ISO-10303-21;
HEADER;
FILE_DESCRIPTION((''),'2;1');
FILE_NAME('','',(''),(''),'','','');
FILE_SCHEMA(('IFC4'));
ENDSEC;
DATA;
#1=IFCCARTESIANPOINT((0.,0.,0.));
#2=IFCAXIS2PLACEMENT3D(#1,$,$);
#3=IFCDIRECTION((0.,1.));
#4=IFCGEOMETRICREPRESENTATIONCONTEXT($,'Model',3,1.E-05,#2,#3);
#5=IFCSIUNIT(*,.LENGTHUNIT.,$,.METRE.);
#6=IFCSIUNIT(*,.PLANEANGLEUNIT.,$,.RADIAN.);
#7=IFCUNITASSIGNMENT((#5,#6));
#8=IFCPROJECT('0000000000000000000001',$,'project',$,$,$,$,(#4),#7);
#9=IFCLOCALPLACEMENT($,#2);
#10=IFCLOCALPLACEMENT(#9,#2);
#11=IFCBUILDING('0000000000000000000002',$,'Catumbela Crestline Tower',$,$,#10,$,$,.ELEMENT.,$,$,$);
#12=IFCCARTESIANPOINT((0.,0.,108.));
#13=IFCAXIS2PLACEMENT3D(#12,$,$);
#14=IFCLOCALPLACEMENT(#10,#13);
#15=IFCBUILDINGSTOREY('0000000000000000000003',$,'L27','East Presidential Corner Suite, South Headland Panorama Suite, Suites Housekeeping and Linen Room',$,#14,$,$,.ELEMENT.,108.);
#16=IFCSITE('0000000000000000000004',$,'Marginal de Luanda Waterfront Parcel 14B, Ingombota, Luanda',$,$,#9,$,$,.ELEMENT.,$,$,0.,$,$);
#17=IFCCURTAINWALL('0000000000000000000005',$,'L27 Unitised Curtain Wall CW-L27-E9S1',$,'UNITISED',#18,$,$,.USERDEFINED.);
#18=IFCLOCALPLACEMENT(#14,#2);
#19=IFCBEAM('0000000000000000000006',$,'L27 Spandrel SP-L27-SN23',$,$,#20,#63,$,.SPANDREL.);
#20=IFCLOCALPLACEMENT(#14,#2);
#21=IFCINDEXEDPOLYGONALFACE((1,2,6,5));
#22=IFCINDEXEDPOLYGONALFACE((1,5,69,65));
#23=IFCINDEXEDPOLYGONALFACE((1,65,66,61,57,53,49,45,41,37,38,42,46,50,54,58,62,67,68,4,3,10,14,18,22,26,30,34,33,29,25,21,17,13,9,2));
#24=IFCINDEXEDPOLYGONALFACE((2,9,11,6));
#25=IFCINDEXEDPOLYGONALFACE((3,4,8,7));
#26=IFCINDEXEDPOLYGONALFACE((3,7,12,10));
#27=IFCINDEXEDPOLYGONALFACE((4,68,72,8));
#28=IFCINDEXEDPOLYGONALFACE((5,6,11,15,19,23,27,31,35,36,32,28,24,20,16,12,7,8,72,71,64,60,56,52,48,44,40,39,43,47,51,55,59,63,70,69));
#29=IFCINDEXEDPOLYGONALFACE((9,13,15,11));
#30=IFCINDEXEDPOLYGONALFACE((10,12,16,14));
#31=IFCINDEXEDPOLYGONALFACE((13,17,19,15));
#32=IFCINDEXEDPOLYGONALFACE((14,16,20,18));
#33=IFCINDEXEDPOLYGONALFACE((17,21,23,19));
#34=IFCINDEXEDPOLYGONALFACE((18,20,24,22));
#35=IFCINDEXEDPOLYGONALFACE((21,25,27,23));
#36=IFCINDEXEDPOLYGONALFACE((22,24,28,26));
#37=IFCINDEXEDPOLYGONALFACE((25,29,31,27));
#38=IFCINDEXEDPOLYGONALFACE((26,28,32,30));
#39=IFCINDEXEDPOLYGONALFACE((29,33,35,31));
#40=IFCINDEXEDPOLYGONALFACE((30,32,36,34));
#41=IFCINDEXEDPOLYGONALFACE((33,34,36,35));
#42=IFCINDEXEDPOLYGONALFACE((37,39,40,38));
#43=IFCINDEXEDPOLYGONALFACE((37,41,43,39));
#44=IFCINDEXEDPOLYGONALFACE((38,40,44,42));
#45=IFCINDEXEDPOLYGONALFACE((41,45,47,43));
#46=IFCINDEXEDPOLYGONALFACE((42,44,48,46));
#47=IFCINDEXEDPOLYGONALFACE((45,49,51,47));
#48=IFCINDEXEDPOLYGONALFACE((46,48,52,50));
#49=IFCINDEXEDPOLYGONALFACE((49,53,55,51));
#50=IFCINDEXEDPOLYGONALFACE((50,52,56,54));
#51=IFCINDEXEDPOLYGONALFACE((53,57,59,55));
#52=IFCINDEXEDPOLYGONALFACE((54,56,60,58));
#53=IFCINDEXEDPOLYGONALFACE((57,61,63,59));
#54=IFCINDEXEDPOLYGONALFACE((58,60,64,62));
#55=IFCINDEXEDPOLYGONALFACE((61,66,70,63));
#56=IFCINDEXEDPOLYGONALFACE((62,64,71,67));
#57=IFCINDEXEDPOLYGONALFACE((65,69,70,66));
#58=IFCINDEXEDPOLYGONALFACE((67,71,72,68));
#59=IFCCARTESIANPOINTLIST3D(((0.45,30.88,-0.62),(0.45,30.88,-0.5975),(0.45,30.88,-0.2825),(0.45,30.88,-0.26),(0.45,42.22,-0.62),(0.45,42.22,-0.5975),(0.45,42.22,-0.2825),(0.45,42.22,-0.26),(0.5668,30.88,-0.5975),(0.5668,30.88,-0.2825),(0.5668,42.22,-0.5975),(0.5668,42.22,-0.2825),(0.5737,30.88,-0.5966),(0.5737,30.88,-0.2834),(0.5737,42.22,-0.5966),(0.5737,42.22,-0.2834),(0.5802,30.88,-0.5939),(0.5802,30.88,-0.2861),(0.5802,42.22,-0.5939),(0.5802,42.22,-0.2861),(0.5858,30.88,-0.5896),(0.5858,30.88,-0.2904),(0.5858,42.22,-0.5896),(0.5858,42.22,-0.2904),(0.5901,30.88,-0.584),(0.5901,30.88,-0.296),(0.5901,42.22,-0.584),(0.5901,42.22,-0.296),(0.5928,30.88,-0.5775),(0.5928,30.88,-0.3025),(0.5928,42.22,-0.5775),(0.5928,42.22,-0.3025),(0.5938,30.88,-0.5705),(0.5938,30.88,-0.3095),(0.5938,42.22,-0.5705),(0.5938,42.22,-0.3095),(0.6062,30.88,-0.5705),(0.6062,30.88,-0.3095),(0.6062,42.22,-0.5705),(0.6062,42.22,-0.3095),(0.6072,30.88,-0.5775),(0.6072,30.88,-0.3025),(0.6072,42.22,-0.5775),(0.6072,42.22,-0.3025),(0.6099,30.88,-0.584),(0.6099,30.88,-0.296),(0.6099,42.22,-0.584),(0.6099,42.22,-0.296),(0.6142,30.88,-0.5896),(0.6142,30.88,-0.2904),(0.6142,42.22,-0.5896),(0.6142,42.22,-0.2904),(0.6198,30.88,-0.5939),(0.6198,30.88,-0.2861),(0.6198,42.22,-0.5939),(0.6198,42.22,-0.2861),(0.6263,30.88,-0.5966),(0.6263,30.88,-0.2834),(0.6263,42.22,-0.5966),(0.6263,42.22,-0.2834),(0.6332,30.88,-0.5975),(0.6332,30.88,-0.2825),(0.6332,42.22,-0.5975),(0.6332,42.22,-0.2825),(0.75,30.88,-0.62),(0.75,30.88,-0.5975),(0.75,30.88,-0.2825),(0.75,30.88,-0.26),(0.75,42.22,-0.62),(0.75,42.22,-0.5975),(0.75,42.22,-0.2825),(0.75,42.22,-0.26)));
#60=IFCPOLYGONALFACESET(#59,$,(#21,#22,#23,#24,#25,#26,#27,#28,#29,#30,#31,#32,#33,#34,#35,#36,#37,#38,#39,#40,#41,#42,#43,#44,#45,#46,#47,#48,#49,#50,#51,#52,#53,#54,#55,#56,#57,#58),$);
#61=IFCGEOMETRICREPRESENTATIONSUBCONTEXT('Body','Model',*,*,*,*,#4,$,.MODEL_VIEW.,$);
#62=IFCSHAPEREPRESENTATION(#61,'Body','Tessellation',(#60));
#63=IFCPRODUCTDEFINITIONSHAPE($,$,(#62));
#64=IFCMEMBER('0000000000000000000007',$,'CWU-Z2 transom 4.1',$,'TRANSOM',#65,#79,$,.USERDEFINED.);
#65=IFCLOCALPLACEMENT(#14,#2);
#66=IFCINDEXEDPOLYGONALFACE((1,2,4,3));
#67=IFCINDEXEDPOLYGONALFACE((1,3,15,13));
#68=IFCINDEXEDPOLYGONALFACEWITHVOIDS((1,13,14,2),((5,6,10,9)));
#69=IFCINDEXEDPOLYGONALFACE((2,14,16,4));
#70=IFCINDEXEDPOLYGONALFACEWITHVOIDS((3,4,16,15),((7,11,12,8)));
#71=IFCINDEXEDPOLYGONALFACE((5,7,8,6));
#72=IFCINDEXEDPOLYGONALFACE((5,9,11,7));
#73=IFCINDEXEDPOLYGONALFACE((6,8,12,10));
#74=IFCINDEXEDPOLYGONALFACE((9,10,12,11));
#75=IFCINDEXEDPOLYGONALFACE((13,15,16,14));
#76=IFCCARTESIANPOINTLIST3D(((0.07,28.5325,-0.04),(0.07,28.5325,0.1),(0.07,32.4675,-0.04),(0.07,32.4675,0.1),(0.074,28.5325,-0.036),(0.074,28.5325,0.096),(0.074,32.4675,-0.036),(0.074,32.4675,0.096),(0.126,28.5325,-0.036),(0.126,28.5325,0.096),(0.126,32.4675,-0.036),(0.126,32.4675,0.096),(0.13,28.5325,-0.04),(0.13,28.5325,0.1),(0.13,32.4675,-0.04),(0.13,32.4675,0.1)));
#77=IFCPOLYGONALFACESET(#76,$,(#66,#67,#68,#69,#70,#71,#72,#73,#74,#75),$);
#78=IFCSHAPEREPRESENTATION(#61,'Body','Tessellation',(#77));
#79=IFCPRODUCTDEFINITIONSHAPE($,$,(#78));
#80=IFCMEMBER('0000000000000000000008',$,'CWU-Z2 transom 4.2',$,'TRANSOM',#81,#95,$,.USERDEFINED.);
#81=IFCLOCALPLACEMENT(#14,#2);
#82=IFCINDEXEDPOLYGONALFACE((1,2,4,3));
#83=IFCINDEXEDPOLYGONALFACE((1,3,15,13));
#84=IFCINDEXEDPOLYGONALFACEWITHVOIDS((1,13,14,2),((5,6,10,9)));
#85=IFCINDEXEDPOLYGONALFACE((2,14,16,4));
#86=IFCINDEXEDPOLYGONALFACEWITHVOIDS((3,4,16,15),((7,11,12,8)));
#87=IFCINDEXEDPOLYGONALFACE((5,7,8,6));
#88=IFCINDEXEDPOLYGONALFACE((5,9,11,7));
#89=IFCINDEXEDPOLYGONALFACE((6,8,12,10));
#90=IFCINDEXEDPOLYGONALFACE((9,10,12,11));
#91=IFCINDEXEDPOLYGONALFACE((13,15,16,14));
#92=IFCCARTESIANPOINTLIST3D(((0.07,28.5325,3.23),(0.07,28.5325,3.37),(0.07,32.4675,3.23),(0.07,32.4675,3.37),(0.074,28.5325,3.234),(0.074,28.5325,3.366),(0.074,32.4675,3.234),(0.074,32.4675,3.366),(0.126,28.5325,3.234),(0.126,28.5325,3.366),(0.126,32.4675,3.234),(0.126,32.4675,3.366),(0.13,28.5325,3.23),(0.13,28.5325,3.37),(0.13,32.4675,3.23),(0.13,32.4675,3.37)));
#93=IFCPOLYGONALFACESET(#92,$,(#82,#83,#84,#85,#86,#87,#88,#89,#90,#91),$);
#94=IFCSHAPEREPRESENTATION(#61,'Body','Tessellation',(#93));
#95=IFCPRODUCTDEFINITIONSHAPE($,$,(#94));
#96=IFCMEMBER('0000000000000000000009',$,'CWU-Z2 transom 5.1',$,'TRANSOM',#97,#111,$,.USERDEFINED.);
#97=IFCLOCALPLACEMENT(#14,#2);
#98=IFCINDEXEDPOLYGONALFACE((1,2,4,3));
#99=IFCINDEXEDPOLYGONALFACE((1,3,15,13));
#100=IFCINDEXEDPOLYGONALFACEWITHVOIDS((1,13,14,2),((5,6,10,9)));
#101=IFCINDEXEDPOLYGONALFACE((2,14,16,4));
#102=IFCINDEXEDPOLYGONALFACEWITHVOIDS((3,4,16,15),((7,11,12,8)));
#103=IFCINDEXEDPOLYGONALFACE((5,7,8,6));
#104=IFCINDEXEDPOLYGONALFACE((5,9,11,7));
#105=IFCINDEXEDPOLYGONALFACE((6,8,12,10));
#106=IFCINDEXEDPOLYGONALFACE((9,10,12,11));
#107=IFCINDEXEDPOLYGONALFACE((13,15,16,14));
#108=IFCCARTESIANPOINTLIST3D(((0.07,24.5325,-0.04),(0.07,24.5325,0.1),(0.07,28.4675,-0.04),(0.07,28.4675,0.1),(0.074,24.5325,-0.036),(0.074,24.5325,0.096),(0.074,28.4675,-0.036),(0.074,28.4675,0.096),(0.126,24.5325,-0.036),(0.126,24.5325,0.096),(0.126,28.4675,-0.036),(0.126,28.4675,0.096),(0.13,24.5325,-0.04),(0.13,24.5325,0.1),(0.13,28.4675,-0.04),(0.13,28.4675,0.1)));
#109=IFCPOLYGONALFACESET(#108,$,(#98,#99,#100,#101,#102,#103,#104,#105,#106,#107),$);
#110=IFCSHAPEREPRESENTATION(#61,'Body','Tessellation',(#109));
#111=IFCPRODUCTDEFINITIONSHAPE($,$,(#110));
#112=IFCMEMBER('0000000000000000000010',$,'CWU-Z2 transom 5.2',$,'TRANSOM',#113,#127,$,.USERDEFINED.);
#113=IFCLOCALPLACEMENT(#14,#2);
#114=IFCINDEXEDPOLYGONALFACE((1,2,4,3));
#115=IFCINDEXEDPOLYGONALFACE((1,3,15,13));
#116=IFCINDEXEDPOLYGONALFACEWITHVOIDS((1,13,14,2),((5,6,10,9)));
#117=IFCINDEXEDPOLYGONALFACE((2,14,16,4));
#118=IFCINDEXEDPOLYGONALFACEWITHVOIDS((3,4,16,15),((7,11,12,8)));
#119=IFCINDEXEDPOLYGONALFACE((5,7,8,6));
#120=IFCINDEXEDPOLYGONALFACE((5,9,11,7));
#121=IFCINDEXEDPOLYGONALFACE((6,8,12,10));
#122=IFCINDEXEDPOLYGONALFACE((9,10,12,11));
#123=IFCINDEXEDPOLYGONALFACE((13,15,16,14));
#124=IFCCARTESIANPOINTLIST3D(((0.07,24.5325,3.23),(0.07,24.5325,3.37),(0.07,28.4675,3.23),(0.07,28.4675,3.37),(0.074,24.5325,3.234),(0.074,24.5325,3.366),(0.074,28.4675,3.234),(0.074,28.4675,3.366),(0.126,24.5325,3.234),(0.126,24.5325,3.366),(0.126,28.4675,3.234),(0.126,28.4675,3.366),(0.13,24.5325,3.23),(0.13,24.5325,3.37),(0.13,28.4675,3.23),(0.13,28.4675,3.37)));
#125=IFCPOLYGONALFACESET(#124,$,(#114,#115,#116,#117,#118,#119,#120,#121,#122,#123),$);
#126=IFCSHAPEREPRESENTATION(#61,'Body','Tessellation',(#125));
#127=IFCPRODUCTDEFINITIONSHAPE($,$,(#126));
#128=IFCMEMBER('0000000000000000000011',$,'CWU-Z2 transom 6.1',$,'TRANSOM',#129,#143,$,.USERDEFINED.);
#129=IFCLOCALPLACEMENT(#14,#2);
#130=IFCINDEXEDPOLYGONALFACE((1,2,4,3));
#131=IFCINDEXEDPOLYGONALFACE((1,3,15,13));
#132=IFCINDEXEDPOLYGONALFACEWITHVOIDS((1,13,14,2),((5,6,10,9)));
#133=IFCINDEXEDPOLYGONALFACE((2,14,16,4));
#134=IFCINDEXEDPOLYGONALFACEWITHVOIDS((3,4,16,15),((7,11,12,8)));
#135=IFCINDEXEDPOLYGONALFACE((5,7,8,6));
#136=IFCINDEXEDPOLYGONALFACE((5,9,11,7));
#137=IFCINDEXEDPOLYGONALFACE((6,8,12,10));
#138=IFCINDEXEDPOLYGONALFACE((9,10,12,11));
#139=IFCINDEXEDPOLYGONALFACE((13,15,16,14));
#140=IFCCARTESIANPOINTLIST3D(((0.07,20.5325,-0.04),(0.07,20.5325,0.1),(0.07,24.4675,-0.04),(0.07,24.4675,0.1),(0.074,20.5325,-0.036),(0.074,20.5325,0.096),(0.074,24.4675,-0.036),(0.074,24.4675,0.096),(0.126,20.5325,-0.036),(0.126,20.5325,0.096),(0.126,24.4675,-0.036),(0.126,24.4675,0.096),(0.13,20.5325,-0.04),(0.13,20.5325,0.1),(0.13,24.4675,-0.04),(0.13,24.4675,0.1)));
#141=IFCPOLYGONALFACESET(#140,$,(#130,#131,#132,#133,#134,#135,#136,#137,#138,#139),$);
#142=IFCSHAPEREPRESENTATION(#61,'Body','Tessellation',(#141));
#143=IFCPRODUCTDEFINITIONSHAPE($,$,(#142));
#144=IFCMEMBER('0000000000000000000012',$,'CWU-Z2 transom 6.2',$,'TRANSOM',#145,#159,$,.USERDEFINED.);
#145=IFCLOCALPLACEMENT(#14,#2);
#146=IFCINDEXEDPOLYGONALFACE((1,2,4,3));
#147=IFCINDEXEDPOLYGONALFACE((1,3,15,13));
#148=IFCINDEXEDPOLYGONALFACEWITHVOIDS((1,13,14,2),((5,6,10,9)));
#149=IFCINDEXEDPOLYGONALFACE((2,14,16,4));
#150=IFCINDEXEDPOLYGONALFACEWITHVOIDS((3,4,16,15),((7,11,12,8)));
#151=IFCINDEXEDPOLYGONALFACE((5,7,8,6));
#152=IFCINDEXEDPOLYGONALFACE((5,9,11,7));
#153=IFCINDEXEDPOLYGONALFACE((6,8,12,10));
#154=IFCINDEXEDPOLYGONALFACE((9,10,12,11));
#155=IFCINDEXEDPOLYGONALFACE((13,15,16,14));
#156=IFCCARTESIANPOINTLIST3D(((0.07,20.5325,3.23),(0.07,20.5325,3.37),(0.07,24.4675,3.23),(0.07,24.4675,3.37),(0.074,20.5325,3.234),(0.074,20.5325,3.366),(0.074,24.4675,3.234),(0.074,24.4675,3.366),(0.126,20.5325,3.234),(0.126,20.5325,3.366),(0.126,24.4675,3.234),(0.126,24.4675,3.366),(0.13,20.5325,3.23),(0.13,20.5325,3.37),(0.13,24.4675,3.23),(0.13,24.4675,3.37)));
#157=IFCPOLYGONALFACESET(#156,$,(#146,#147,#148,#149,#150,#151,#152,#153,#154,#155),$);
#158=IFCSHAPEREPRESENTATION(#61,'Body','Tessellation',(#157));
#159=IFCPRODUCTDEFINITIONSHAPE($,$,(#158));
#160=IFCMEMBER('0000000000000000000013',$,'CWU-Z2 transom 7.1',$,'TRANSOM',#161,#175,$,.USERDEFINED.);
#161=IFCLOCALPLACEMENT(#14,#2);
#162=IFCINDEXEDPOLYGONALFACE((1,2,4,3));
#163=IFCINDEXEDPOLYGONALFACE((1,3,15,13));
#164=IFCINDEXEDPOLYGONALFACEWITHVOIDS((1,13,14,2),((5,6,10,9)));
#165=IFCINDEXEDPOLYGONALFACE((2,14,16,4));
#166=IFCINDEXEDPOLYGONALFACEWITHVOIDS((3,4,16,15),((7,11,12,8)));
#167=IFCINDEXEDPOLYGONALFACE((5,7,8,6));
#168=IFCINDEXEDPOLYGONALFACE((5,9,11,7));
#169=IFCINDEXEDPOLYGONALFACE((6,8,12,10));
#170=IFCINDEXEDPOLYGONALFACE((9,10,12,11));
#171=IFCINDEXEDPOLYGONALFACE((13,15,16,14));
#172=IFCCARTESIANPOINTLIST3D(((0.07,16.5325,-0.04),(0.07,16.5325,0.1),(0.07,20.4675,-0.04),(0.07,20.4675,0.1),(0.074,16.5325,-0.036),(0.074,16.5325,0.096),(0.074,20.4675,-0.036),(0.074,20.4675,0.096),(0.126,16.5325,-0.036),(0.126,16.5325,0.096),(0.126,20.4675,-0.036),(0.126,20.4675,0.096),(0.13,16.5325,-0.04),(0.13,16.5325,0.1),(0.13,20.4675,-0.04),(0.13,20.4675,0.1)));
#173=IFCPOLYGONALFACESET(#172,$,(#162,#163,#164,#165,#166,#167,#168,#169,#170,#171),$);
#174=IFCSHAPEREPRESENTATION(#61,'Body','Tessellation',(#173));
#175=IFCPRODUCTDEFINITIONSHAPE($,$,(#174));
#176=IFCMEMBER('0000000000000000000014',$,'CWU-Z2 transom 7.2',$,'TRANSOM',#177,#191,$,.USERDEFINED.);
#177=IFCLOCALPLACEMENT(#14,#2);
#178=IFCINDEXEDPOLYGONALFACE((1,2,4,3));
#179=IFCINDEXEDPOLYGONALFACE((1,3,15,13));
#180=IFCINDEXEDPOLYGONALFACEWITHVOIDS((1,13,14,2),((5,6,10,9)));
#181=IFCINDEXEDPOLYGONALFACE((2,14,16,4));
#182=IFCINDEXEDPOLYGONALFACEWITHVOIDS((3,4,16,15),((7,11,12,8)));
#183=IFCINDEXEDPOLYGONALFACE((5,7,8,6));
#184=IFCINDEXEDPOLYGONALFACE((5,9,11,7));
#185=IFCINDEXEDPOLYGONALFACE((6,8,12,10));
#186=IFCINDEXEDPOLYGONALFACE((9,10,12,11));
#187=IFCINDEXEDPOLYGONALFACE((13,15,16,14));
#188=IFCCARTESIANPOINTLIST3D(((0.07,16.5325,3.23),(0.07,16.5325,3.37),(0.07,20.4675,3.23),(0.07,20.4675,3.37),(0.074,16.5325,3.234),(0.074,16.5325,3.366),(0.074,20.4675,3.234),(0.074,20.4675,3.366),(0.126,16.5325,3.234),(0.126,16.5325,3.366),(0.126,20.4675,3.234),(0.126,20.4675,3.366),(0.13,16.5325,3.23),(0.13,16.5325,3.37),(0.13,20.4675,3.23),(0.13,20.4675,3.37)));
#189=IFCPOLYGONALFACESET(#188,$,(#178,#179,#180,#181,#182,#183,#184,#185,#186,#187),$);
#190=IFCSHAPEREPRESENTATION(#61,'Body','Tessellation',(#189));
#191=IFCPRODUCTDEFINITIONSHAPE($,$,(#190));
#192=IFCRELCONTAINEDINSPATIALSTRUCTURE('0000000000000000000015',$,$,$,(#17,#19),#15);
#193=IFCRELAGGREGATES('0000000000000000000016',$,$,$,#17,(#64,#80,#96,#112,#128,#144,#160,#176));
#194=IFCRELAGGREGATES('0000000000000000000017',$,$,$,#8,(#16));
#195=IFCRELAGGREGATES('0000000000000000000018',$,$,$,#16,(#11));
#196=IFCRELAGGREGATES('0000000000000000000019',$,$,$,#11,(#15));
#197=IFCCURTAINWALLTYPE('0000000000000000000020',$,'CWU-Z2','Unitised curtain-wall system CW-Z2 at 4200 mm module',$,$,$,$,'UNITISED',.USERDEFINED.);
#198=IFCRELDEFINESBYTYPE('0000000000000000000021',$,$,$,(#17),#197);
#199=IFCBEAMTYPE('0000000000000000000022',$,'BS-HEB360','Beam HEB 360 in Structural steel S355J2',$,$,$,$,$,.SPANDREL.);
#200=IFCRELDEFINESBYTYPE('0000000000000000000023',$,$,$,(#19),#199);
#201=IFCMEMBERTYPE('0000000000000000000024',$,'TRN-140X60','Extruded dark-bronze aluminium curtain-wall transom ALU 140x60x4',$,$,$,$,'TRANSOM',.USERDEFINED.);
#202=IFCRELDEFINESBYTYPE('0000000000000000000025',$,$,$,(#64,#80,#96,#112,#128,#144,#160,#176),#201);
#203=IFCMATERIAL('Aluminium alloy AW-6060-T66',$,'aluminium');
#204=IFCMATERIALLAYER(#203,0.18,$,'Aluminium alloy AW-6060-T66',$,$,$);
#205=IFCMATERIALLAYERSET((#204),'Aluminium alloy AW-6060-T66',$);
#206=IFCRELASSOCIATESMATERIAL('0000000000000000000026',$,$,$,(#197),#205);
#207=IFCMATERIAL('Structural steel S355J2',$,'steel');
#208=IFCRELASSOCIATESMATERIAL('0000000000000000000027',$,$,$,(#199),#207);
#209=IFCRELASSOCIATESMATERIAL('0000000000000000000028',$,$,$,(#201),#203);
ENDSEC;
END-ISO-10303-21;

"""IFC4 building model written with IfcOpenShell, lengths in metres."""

from ifc_helpers import new_model, si_unit, direction, frame, origin, origin_2d, place, context, subcontext, project, spatial, hollow_rectangle, i_section, extrude, material, layer, layer_set, material_profile, profile_set, type_object, element, aggregate, save


model = new_model("IFC4")

# Units and contexts
model_context = context("Model", 3, precision=1e-05, world=origin(), true_north=direction((0.0, 1.0)))
body_context = subcontext(model_context, "Body", "Model", "MODEL_VIEW")
ifc_project = project(units=[si_unit("LENGTHUNIT", "METRE"), si_unit("PLANEANGLEUNIT", "RADIAN")], contexts=[model_context])

# Site, building, storey
site_placement = place(None, origin())
site = spatial("IfcSite", under=ifc_project, at=site_placement, Name="Marginal de Luanda Waterfront Parcel 14B, Ingombota, Luanda", CompositionType="ELEMENT", RefElevation=0.0)
building_placement = place(site_placement, origin())
building = spatial("IfcBuilding", under=site, at=building_placement, Name="Catumbela Crestline Tower", CompositionType="ELEMENT")
storey_placement = place(building_placement, frame((0.0, 0.0, 108.0)))
storey = spatial("IfcBuildingStorey", under=building, at=storey_placement, Name="L27", Description="East Presidential Corner Suite, South Headland Panorama Suite, Suites Housekeeping and Linen Room", CompositionType="ELEMENT", Elevation=108.0)

# Shared definitions
ifc_material_1 = material(Name="Structural steel S355J2", Category="steel")

# Curtain wall
ifc_material_2 = material(Name="Aluminium alloy AW-6060-T66", Category="aluminium")
ifc_layer_1 = layer(ifc_material_2, 0.18, Name="Aluminium alloy AW-6060-T66")
ifc_layer_set_1 = layer_set([ifc_layer_1], Name="Aluminium alloy AW-6060-T66")
curtain_wall_type = type_object("IfcCurtainWallType", Name="CWU-Z2", Description="Unitised curtain-wall system CW-Z2 at 4200 mm module", ElementType="UNITISED", PredefinedType="USERDEFINED", material=ifc_layer_set_1)
curtain_wall_placement = place(storey_placement, origin())
curtain_wall = element("IfcCurtainWall", 1, at=curtain_wall_placement, inside=storey, type_object=curtain_wall_type, Name="L27 Unitised Curtain Wall CW-L27-E9S1", ObjectType="UNITISED", PredefinedType="USERDEFINED")

# Beam
ifc_material_profile_1 = material_profile(ifc_material_1, i_section(OverallWidth=0.3, OverallDepth=0.36, WebThickness=0.0125, FlangeThickness=0.0225, FilletRadius=0.027, at=origin_2d()), Name="HEB 360")
ifc_profile_set_1 = profile_set([ifc_material_profile_1], Name="Structural steel S355J2")
beam_type_1 = type_object("IfcBeamType", Name="BS-HEB360", Description="Beam HEB 360 in Structural steel S355J2", PredefinedType="SPANDREL", material=ifc_profile_set_1)
beam_1_placement = place(storey_placement, frame((0.6, 30.88, -0.44), z_axis=(0.0, 1.0, 0.0), x_axis=(-1.0, 0.0, 0.0)))
element("IfcBeam", 2, at=beam_1_placement, inside=storey, type_object=beam_type_1, Name="L27 Spandrel SP-L27-SN23", PredefinedType="SPANDREL", context=body_context, shape_type="SweptSolid", body=[
    extrude(i_section(OverallWidth=0.3, OverallDepth=0.36, WebThickness=0.0125, FlangeThickness=0.0225, FilletRadius=0.027, at=origin_2d()), origin(), (0.0, 0.0, 1.0), 11.34),
])

# Members
ifc_material_profile_2 = material_profile(ifc_material_2, hollow_rectangle(XDim=0.06, YDim=0.14, WallThickness=0.004, at=origin_2d()), Name="ALU 140x60x4")
ifc_profile_set_2 = profile_set([ifc_material_profile_2], Name="Aluminium alloy AW-6060-T66")
member_type_1 = type_object("IfcMemberType", Name="TRN-140X60", Description="Extruded dark-bronze aluminium curtain-wall transom ALU 140x60x4", ElementType="TRANSOM", PredefinedType="USERDEFINED", material=ifc_profile_set_2)
member_1_placement = place(storey_placement, frame((0.1, 32.4675, 0.03), z_axis=(0.0, -1.0, 0.0), x_axis=(1.0, 0.0, 0.0)))
member_1 = element("IfcMember", 3, at=member_1_placement, type_object=member_type_1, Name="CWU-Z2 transom 4.1", ObjectType="TRANSOM", PredefinedType="USERDEFINED", context=body_context, shape_type="SweptSolid", body=[
    extrude(hollow_rectangle(XDim=0.06, YDim=0.14, WallThickness=0.004, at=origin_2d()), origin(), (0.0, 0.0, 1.0), 3.935),
])
member_2_placement = place(storey_placement, frame((0.1, 32.4675, 3.3), z_axis=(0.0, -1.0, 0.0), x_axis=(1.0, 0.0, 0.0)))
member_2 = element("IfcMember", 4, at=member_2_placement, type_object=member_type_1, Name="CWU-Z2 transom 4.2", ObjectType="TRANSOM", PredefinedType="USERDEFINED", context=body_context, shape_type="SweptSolid", body=[
    extrude(hollow_rectangle(XDim=0.06, YDim=0.14, WallThickness=0.004, at=origin_2d()), origin(), (0.0, 0.0, 1.0), 3.935),
])
member_3_placement = place(storey_placement, frame((0.1, 28.4675, 0.03), z_axis=(0.0, -1.0, 0.0), x_axis=(1.0, 0.0, 0.0)))
member_3 = element("IfcMember", 5, at=member_3_placement, type_object=member_type_1, Name="CWU-Z2 transom 5.1", ObjectType="TRANSOM", PredefinedType="USERDEFINED", context=body_context, shape_type="SweptSolid", body=[
    extrude(hollow_rectangle(XDim=0.06, YDim=0.14, WallThickness=0.004, at=origin_2d()), origin(), (0.0, 0.0, 1.0), 3.935),
])
member_4_placement = place(storey_placement, frame((0.1, 28.4675, 3.3), z_axis=(0.0, -1.0, 0.0), x_axis=(1.0, 0.0, 0.0)))
member_4 = element("IfcMember", 6, at=member_4_placement, type_object=member_type_1, Name="CWU-Z2 transom 5.2", ObjectType="TRANSOM", PredefinedType="USERDEFINED", context=body_context, shape_type="SweptSolid", body=[
    extrude(hollow_rectangle(XDim=0.06, YDim=0.14, WallThickness=0.004, at=origin_2d()), origin(), (0.0, 0.0, 1.0), 3.935),
])
member_5_placement = place(storey_placement, frame((0.1, 24.4675, 0.03), z_axis=(0.0, -1.0, 0.0), x_axis=(1.0, 0.0, 0.0)))
member_5 = element("IfcMember", 7, at=member_5_placement, type_object=member_type_1, Name="CWU-Z2 transom 6.1", ObjectType="TRANSOM", PredefinedType="USERDEFINED", context=body_context, shape_type="SweptSolid", body=[
    extrude(hollow_rectangle(XDim=0.06, YDim=0.14, WallThickness=0.004, at=origin_2d()), origin(), (0.0, 0.0, 1.0), 3.935),
])
member_6_placement = place(storey_placement, frame((0.1, 24.4675, 3.3), z_axis=(0.0, -1.0, 0.0), x_axis=(1.0, 0.0, 0.0)))
member_6 = element("IfcMember", 8, at=member_6_placement, type_object=member_type_1, Name="CWU-Z2 transom 6.2", ObjectType="TRANSOM", PredefinedType="USERDEFINED", context=body_context, shape_type="SweptSolid", body=[
    extrude(hollow_rectangle(XDim=0.06, YDim=0.14, WallThickness=0.004, at=origin_2d()), origin(), (0.0, 0.0, 1.0), 3.935),
])
member_7_placement = place(storey_placement, frame((0.1, 20.4675, 0.03), z_axis=(0.0, -1.0, 0.0), x_axis=(1.0, 0.0, 0.0)))
member_7 = element("IfcMember", 9, at=member_7_placement, type_object=member_type_1, Name="CWU-Z2 transom 7.1", ObjectType="TRANSOM", PredefinedType="USERDEFINED", context=body_context, shape_type="SweptSolid", body=[
    extrude(hollow_rectangle(XDim=0.06, YDim=0.14, WallThickness=0.004, at=origin_2d()), origin(), (0.0, 0.0, 1.0), 3.935),
])
member_8_placement = place(storey_placement, frame((0.1, 20.4675, 3.3), z_axis=(0.0, -1.0, 0.0), x_axis=(1.0, 0.0, 0.0)))
member_8 = element("IfcMember", 10, at=member_8_placement, type_object=member_type_1, Name="CWU-Z2 transom 7.2", ObjectType="TRANSOM", PredefinedType="USERDEFINED", context=body_context, shape_type="SweptSolid", body=[
    extrude(hollow_rectangle(XDim=0.06, YDim=0.14, WallThickness=0.004, at=origin_2d()), origin(), (0.0, 0.0, 1.0), 3.935),
])

aggregate(curtain_wall, [member_1, member_2, member_3, member_4, member_5, member_6, member_7, member_8])

save(model, "model.ifc")
